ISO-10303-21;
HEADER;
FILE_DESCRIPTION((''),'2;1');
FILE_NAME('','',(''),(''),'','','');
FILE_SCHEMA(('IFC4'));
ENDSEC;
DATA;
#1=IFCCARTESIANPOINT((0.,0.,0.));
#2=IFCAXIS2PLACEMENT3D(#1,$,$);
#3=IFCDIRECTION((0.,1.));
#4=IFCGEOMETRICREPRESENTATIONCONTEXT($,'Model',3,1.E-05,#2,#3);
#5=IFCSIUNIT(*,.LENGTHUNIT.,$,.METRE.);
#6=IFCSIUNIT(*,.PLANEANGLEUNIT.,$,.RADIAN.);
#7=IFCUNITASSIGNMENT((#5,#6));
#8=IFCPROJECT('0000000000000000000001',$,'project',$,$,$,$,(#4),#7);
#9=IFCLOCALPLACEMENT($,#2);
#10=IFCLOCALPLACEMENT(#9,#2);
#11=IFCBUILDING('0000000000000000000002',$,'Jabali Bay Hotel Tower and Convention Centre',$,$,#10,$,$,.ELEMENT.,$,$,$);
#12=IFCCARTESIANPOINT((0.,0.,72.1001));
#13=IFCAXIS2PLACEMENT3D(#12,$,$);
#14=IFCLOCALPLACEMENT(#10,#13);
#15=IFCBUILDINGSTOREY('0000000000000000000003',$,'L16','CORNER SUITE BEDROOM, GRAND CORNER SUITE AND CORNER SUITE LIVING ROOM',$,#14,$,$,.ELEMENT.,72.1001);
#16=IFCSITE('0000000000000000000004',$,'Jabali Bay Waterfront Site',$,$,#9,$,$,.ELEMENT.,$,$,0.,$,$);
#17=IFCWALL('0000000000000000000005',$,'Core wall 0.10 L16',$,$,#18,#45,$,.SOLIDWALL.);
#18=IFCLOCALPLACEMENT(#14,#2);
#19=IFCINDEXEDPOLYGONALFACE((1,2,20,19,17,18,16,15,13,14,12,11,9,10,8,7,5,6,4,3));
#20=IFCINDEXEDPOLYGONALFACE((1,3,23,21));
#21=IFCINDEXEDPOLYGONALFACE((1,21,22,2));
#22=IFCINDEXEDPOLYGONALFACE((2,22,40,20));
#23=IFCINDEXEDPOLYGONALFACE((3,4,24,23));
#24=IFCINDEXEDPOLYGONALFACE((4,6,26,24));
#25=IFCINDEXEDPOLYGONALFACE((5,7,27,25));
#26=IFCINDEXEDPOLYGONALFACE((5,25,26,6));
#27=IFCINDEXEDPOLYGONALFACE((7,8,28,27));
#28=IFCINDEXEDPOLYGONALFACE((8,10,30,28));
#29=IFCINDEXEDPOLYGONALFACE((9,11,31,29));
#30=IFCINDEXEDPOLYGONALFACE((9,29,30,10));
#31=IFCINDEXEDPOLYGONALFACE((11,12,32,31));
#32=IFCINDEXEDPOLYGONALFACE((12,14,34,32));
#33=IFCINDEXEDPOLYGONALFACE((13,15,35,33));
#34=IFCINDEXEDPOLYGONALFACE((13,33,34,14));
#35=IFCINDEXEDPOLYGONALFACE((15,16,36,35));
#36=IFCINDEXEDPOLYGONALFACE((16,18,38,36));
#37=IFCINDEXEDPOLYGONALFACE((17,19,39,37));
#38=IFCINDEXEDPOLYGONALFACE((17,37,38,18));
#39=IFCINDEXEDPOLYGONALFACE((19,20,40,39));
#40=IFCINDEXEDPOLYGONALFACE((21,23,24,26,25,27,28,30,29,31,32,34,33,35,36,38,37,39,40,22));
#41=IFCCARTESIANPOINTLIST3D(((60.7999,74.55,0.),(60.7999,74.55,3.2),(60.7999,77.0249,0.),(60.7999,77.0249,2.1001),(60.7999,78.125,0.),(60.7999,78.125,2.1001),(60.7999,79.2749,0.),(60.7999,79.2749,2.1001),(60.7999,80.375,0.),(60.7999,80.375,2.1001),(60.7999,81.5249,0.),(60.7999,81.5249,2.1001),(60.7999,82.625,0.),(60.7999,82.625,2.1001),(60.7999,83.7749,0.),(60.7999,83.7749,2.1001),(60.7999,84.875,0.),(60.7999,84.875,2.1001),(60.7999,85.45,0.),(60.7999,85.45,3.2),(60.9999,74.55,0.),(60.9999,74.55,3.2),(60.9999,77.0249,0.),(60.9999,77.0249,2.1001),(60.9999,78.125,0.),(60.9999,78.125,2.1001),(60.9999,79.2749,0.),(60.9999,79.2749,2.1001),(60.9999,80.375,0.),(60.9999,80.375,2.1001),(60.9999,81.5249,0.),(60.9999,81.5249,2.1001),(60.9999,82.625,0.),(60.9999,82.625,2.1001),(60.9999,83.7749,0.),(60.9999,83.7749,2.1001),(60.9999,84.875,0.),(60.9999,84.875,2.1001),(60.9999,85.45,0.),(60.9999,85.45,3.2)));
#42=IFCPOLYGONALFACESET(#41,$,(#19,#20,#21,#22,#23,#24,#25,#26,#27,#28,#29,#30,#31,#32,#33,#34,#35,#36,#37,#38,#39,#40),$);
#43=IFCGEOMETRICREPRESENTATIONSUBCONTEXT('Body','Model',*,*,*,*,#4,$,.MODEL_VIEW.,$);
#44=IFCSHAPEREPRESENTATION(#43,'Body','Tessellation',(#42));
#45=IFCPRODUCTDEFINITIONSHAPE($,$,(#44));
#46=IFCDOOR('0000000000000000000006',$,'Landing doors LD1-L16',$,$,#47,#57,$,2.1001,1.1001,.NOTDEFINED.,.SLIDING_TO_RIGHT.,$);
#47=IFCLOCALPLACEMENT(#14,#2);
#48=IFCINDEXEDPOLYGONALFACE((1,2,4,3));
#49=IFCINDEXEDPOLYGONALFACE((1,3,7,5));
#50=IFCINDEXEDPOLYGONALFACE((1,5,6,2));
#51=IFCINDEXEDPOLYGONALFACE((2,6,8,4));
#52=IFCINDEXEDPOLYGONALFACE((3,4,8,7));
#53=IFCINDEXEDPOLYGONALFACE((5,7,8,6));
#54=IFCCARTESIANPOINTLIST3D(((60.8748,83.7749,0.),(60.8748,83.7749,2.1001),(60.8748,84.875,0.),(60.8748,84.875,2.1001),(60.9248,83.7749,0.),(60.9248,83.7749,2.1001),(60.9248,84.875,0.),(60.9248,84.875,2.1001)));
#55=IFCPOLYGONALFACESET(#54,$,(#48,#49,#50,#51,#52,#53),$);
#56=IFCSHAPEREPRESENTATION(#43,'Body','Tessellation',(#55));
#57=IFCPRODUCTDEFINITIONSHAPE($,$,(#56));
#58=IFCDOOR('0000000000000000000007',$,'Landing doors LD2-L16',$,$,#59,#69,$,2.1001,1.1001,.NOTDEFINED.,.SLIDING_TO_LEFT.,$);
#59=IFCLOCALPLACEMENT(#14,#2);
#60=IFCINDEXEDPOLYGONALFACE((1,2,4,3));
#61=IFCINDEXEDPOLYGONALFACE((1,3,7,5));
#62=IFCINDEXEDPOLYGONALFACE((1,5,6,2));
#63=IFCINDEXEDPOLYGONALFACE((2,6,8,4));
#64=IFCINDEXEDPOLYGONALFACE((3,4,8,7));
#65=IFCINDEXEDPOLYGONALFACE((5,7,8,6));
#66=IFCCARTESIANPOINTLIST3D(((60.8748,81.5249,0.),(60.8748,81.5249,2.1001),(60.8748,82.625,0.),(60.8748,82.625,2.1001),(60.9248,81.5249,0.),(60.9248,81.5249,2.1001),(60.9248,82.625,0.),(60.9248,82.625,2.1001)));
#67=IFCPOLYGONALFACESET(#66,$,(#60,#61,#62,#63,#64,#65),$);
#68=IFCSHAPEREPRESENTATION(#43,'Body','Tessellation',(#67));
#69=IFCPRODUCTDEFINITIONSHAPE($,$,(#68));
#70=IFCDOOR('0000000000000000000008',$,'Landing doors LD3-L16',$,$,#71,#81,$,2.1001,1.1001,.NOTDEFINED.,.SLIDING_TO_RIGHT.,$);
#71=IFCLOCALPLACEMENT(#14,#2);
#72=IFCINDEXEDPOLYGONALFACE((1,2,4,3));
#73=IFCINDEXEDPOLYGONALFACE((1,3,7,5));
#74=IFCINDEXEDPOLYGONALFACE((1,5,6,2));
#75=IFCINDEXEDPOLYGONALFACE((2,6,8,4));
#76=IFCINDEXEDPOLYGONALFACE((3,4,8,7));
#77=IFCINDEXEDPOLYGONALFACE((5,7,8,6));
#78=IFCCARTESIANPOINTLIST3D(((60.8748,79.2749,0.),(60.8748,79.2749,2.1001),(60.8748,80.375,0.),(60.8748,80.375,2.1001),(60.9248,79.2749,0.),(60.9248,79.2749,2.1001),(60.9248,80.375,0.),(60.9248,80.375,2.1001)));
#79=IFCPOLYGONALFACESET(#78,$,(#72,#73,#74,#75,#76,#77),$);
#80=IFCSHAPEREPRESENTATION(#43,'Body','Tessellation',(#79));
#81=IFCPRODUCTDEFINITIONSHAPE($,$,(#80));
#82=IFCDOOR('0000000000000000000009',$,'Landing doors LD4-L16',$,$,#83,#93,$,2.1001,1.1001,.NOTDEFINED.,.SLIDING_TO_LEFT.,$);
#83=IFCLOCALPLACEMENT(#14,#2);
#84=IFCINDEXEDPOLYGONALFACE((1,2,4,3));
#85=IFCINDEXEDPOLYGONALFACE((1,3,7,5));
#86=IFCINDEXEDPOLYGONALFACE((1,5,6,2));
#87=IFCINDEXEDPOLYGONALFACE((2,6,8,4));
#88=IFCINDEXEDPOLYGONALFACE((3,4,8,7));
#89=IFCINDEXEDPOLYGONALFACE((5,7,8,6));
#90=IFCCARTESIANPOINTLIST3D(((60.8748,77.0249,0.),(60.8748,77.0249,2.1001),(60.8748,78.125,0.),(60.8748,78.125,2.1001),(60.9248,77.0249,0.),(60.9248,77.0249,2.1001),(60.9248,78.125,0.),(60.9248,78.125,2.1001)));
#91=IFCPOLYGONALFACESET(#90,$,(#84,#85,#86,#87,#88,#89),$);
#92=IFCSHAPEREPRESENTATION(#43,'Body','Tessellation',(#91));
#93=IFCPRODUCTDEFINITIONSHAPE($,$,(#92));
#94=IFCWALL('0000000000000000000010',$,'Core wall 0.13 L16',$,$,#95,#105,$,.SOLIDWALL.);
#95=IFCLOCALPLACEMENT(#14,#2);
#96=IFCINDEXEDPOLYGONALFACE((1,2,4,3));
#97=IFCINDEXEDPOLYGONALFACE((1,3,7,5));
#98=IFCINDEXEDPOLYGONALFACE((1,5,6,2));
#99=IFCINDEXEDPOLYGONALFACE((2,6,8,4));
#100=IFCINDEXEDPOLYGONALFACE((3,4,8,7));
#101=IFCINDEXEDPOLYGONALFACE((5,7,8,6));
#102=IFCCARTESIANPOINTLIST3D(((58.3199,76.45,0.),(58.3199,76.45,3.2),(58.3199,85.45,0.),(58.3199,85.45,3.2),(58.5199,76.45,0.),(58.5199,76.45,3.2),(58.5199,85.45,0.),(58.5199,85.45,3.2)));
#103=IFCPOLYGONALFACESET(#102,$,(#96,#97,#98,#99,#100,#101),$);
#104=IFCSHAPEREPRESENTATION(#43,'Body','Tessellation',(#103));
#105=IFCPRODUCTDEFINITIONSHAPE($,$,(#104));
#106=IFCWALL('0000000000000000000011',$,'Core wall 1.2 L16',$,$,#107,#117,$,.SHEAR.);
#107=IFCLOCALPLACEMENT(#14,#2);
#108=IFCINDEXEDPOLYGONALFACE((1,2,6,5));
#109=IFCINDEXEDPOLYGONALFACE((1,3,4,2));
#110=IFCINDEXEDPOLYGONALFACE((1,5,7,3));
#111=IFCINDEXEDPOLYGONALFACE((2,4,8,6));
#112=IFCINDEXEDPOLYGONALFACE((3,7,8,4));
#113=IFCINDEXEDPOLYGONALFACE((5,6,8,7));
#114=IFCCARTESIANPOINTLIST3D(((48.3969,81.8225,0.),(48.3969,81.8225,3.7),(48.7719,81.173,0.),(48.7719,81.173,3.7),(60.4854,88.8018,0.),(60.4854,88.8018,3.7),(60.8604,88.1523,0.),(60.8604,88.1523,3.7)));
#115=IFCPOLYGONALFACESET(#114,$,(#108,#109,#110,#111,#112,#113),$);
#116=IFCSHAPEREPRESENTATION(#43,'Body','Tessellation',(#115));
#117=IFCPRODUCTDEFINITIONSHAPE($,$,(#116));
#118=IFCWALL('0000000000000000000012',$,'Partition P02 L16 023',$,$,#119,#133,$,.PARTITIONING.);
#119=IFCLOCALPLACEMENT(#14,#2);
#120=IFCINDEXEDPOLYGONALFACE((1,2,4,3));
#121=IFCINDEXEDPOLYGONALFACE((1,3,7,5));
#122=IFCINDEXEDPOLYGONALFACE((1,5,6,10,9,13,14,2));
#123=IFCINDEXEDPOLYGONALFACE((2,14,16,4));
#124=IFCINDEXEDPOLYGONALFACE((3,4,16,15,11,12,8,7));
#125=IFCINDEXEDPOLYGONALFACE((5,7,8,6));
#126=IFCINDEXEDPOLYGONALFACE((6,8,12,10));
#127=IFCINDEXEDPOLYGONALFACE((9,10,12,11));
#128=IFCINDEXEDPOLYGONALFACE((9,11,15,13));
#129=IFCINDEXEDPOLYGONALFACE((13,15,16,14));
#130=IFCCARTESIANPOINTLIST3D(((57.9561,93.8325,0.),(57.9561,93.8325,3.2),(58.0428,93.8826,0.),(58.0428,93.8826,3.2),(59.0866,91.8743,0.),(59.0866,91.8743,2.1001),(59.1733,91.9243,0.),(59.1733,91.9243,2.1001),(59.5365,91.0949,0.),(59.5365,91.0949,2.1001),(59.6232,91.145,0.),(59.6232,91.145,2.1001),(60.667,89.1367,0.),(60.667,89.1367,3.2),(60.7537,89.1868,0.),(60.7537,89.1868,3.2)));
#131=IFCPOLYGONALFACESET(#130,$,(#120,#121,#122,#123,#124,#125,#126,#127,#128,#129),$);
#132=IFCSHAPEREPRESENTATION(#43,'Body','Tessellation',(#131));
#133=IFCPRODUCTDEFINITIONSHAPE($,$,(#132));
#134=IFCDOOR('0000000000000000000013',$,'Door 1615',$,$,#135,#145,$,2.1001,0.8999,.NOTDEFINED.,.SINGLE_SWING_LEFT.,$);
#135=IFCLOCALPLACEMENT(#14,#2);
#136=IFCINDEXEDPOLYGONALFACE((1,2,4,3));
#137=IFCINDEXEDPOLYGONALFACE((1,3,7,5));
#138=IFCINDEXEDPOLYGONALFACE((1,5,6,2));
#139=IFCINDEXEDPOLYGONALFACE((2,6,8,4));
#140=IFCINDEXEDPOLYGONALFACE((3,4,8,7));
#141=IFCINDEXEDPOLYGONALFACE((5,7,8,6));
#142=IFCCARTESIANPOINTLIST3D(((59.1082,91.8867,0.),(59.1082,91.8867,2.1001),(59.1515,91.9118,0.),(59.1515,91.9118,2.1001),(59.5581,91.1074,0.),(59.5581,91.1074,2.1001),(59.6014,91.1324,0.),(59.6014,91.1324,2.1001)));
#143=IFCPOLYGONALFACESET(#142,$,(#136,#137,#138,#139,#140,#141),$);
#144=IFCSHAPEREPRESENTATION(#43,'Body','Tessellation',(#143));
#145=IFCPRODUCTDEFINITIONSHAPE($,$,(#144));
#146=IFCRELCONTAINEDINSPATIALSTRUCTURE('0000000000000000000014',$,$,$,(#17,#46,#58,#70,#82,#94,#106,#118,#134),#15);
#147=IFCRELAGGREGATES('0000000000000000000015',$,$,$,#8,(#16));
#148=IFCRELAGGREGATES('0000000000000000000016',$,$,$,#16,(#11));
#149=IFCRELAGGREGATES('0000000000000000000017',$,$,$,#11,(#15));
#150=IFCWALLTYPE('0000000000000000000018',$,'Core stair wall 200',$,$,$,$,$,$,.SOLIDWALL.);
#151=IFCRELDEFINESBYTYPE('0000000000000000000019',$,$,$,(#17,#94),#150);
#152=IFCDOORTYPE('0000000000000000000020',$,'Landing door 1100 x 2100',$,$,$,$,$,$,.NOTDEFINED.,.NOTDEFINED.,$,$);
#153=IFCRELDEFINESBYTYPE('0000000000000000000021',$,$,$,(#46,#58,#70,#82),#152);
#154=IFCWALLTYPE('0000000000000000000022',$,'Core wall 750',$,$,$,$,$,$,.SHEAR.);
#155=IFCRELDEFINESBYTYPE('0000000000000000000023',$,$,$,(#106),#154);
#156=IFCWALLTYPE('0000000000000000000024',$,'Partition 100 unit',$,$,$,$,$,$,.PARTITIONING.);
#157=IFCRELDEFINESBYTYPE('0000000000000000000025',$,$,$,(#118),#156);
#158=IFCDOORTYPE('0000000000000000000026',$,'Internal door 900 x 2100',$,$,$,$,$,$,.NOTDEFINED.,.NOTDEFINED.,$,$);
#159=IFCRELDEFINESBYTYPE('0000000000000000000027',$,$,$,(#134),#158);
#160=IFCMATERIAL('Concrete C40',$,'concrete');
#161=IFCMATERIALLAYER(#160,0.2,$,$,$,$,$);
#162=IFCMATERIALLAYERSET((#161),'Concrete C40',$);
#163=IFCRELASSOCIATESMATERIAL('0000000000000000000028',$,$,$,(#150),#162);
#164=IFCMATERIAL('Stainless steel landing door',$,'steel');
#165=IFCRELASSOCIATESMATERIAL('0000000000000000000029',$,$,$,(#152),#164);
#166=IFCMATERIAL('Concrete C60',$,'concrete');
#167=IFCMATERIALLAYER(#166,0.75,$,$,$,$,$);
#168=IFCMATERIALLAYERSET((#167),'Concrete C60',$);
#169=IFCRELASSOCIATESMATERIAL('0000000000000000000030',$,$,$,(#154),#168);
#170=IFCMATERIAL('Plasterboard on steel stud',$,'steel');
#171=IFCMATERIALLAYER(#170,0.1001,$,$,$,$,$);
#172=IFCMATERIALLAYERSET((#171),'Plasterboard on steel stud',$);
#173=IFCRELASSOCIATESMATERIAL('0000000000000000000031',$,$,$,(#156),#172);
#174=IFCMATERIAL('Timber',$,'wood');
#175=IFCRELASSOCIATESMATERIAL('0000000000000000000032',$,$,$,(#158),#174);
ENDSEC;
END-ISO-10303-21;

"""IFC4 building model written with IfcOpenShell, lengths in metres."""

from ifc_helpers import new_model, si_unit, direction, frame, frame_2d, origin, place, context, subcontext, project, spatial, rectangle, extrude, material, layer, layer_set, type_object, element, fill, save


model = new_model("IFC4")

# Units and contexts
model_context = context("Model", 3, precision=1e-05, world=origin(), true_north=direction((0.0, 1.0)))
body_context = subcontext(model_context, "Body", "Model", "MODEL_VIEW")
ifc_project = project(units=[si_unit("LENGTHUNIT", "METRE"), si_unit("PLANEANGLEUNIT", "RADIAN")], contexts=[model_context])

# Site, building, storey
site_placement = place(None, origin())
site = spatial("IfcSite", under=ifc_project, at=site_placement, Name="Jabali Bay Waterfront Site", CompositionType="ELEMENT", RefElevation=0.0)
building_placement = place(site_placement, origin())
building = spatial("IfcBuilding", under=site, at=building_placement, Name="Jabali Bay Hotel Tower and Convention Centre", CompositionType="ELEMENT")
storey_placement = place(building_placement, frame((0.0, 0.0, 72.1001)))
storey = spatial("IfcBuildingStorey", under=building, at=storey_placement, Name="L16", Description="CORNER SUITE BEDROOM, GRAND CORNER SUITE AND CORNER SUITE LIVING ROOM", CompositionType="ELEMENT", Elevation=72.1001)

# Shared definitions
ifc_material_1 = material(Name="Concrete C40", Category="concrete")

# Shared definitions
ifc_layer_1 = layer(ifc_material_1, 0.2)
ifc_layer_set_1 = layer_set([ifc_layer_1], Name="Concrete C40")
wall_type_1 = type_object("IfcWallType", Name="Core stair wall 200", PredefinedType="SOLIDWALL", material=ifc_layer_set_1)

# Wall, openings, doors
wall_1_placement = place(storey_placement, frame((60.8999, 85.45, 0.0), z_axis=(0.0, 0.0, 1.0), x_axis=(0.0, -1.0, 0.0)))
wall_1 = element("IfcWall", 1, at=wall_1_placement, inside=storey, type_object=wall_type_1, Name="Core wall 0.10 L16", PredefinedType="SOLIDWALL", context=body_context, shape_type="SweptSolid", body=[
    extrude(rectangle(XDim=10.8999, YDim=0.2, at=frame_2d((5.45, 0.0))), origin(), (0.0, 0.0, 1.0), 3.2),
])
opening_1_placement = place(wall_1_placement, frame((0.575, 0.0, 0.0)))
opening_1 = element("IfcOpeningElement", 2, at=opening_1_placement, cuts=wall_1, PredefinedType="OPENING", context=body_context, shape_type="SweptSolid", body=[
    extrude(rectangle(XDim=1.1001, YDim=2.1001, at=frame_2d((0.55, 1.05))), frame((0.0, 0.1104, 0.0), z_axis=(0.0, -1.0, 0.0), x_axis=(1.0, 0.0, 0.0)), (0.0, 0.0, 1.0), 0.2209),
])
opening_2_placement = place(wall_1_placement, frame((2.825, 0.0, 0.0)))
opening_2 = element("IfcOpeningElement", 3, at=opening_2_placement, cuts=wall_1, PredefinedType="OPENING", context=body_context, shape_type="SweptSolid", body=[
    extrude(rectangle(XDim=1.1001, YDim=2.1001, at=frame_2d((0.55, 1.05))), frame((0.0, 0.1104, 0.0), z_axis=(0.0, -1.0, 0.0), x_axis=(1.0, 0.0, 0.0)), (0.0, 0.0, 1.0), 0.2209),
])
opening_3_placement = place(wall_1_placement, frame((5.075, 0.0, 0.0)))
opening_3 = element("IfcOpeningElement", 4, at=opening_3_placement, cuts=wall_1, PredefinedType="OPENING", context=body_context, shape_type="SweptSolid", body=[
    extrude(rectangle(XDim=1.1001, YDim=2.1001, at=frame_2d((0.55, 1.05))), frame((0.0, 0.1104, 0.0), z_axis=(0.0, -1.0, 0.0), x_axis=(1.0, 0.0, 0.0)), (0.0, 0.0, 1.0), 0.2209),
])
opening_4_placement = place(wall_1_placement, frame((7.325, 0.0, 0.0)))
opening_4 = element("IfcOpeningElement", 5, at=opening_4_placement, cuts=wall_1, PredefinedType="OPENING", context=body_context, shape_type="SweptSolid", body=[
    extrude(rectangle(XDim=1.1001, YDim=2.1001, at=frame_2d((0.55, 1.05))), frame((0.0, 0.1104, 0.0), z_axis=(0.0, -1.0, 0.0), x_axis=(1.0, 0.0, 0.0)), (0.0, 0.0, 1.0), 0.2209),
])
ifc_material_2 = material(Name="Stainless steel landing door", Category="steel")
door_type_1 = type_object("IfcDoorType", Name="Landing door 1100 x 2100", OperationType="NOTDEFINED", PredefinedType="NOTDEFINED", material=ifc_material_2)
door_1_placement = place(opening_1_placement, origin())
door_1 = element("IfcDoor", 6, at=door_1_placement, inside=storey, type_object=door_type_1, Name="Landing doors LD1-L16", OperationType="SLIDING_TO_RIGHT", OverallHeight=2.1001, OverallWidth=1.1001, PredefinedType="NOTDEFINED", context=body_context, shape_type="SweptSolid", body=[
    extrude(rectangle(XDim=1.1001, YDim=2.1001, at=frame_2d((0.55, 1.05))), frame((0.0, 0.0249, 0.0), z_axis=(0.0, -1.0, 0.0), x_axis=(1.0, 0.0, 0.0)), (0.0, 0.0, 1.0), 0.05),
])
fill(opening_1, door_1)
door_2_placement = place(opening_2_placement, origin())
door_2 = element("IfcDoor", 7, at=door_2_placement, inside=storey, type_object=door_type_1, Name="Landing doors LD2-L16", OperationType="SLIDING_TO_LEFT", OverallHeight=2.1001, OverallWidth=1.1001, PredefinedType="NOTDEFINED", context=body_context, shape_type="SweptSolid", body=[
    extrude(rectangle(XDim=1.1001, YDim=2.1001, at=frame_2d((0.55, 1.05))), frame((0.0, 0.0249, 0.0), z_axis=(0.0, -1.0, 0.0), x_axis=(1.0, 0.0, 0.0)), (0.0, 0.0, 1.0), 0.05),
])
fill(opening_2, door_2)
door_3_placement = place(opening_3_placement, origin())
door_3 = element("IfcDoor", 8, at=door_3_placement, inside=storey, type_object=door_type_1, Name="Landing doors LD3-L16", OperationType="SLIDING_TO_RIGHT", OverallHeight=2.1001, OverallWidth=1.1001, PredefinedType="NOTDEFINED", context=body_context, shape_type="SweptSolid", body=[
    extrude(rectangle(XDim=1.1001, YDim=2.1001, at=frame_2d((0.55, 1.05))), frame((0.0, 0.0249, 0.0), z_axis=(0.0, -1.0, 0.0), x_axis=(1.0, 0.0, 0.0)), (0.0, 0.0, 1.0), 0.05),
])
fill(opening_3, door_3)
door_4_placement = place(opening_4_placement, origin())
door_4 = element("IfcDoor", 9, at=door_4_placement, inside=storey, type_object=door_type_1, Name="Landing doors LD4-L16", OperationType="SLIDING_TO_LEFT", OverallHeight=2.1001, OverallWidth=1.1001, PredefinedType="NOTDEFINED", context=body_context, shape_type="SweptSolid", body=[
    extrude(rectangle(XDim=1.1001, YDim=2.1001, at=frame_2d((0.55, 1.05))), frame((0.0, 0.0249, 0.0), z_axis=(0.0, -1.0, 0.0), x_axis=(1.0, 0.0, 0.0)), (0.0, 0.0, 1.0), 0.05),
])
fill(opening_4, door_4)

# Walls
wall_2_placement = place(storey_placement, frame((58.4199, 85.45, 0.0), z_axis=(0.0, 0.0, 1.0), x_axis=(0.0, -1.0, 0.0)))
element("IfcWall", 10, at=wall_2_placement, inside=storey, type_object=wall_type_1, Name="Core wall 0.13 L16", PredefinedType="SOLIDWALL", context=body_context, shape_type="SweptSolid", body=[
    extrude(rectangle(XDim=9.0, YDim=0.2, at=frame_2d((4.5, 0.0))), origin(), (0.0, 0.0, 1.0), 3.2),
])
ifc_material_3 = material(Name="Concrete C60", Category="concrete")
ifc_layer_2 = layer(ifc_material_3, 0.75)
ifc_layer_set_2 = layer_set([ifc_layer_2], Name="Concrete C60")
wall_type_2 = type_object("IfcWallType", Name="Core wall 750", PredefinedType="SHEAR", material=ifc_layer_set_2)
wall_3_placement = place(storey_placement, frame((60.6729, 88.4771, 0.0), z_axis=(0.0, 0.0, 1.0), x_axis=(-0.866025, -0.500001, 0.0)))
element("IfcWall", 11, at=wall_3_placement, inside=storey, type_object=wall_type_2, Name="Core wall 1.2 L16", PredefinedType="SHEAR", context=body_context, shape_type="SweptSolid", body=[
    extrude(rectangle(XDim=13.9585, YDim=0.75, at=frame_2d((6.9792, 0.0))), origin(), (0.0, 0.0, 1.0), 3.7),
])

# Wall, opening, door
ifc_material_4 = material(Name="Plasterboard on steel stud", Category="steel")
ifc_layer_3 = layer(ifc_material_4, 0.1001)
ifc_layer_set_3 = layer_set([ifc_layer_3], Name="Plasterboard on steel stud")
wall_type_3 = type_object("IfcWallType", Name="Partition 100 unit", PredefinedType="PARTITIONING", material=ifc_layer_set_3)
wall_4_placement = place(storey_placement, frame((57.9995, 93.8574, 0.0), z_axis=(0.0, 0.0, 1.0), x_axis=(0.499975, -0.86604, 0.0)))
wall_4 = element("IfcWall", 12, at=wall_4_placement, inside=storey, type_object=wall_type_3, Name="Partition P02 L16 023", PredefinedType="PARTITIONING", context=body_context, shape_type="SweptSolid", body=[
    extrude(rectangle(XDim=5.4221, YDim=0.1001, at=frame_2d((2.7109, 0.0))), origin(), (0.0, 0.0, 1.0), 3.2),
])
opening_5_placement = place(wall_4_placement, frame((2.261, 0.0, 0.0)))
opening_5 = element("IfcOpeningElement", 13, at=opening_5_placement, cuts=wall_4, PredefinedType="OPENING", context=body_context, shape_type="SweptSolid", body=[
    extrude(rectangle(XDim=0.8999, YDim=2.1001, at=frame_2d((0.45, 1.05))), frame((0.0, 0.0605, 0.0), z_axis=(0.0, -1.0, 0.0), x_axis=(1.0, 0.0, 0.0)), (0.0, 0.0, 1.0), 0.1211),
])
ifc_material_5 = material(Name="Timber", Category="wood")
door_type_2 = type_object("IfcDoorType", Name="Internal door 900 x 2100", OperationType="NOTDEFINED", PredefinedType="NOTDEFINED", material=ifc_material_5)
door_5_placement = place(opening_5_placement, origin())
door_5 = element("IfcDoor", 14, at=door_5_placement, inside=storey, type_object=door_type_2, Name="Door 1615", OperationType="SINGLE_SWING_LEFT", OverallHeight=2.1001, OverallWidth=0.8999, PredefinedType="NOTDEFINED", context=body_context, shape_type="SweptSolid", body=[
    extrude(rectangle(XDim=0.8999, YDim=2.1001, at=frame_2d((0.45, 1.05))), frame((0.0, 0.0249, 0.0), z_axis=(0.0, -1.0, 0.0), x_axis=(1.0, 0.0, 0.0)), (0.0, 0.0, 1.0), 0.05),
])
fill(opening_5, door_5)

save(model, "model.ifc")
